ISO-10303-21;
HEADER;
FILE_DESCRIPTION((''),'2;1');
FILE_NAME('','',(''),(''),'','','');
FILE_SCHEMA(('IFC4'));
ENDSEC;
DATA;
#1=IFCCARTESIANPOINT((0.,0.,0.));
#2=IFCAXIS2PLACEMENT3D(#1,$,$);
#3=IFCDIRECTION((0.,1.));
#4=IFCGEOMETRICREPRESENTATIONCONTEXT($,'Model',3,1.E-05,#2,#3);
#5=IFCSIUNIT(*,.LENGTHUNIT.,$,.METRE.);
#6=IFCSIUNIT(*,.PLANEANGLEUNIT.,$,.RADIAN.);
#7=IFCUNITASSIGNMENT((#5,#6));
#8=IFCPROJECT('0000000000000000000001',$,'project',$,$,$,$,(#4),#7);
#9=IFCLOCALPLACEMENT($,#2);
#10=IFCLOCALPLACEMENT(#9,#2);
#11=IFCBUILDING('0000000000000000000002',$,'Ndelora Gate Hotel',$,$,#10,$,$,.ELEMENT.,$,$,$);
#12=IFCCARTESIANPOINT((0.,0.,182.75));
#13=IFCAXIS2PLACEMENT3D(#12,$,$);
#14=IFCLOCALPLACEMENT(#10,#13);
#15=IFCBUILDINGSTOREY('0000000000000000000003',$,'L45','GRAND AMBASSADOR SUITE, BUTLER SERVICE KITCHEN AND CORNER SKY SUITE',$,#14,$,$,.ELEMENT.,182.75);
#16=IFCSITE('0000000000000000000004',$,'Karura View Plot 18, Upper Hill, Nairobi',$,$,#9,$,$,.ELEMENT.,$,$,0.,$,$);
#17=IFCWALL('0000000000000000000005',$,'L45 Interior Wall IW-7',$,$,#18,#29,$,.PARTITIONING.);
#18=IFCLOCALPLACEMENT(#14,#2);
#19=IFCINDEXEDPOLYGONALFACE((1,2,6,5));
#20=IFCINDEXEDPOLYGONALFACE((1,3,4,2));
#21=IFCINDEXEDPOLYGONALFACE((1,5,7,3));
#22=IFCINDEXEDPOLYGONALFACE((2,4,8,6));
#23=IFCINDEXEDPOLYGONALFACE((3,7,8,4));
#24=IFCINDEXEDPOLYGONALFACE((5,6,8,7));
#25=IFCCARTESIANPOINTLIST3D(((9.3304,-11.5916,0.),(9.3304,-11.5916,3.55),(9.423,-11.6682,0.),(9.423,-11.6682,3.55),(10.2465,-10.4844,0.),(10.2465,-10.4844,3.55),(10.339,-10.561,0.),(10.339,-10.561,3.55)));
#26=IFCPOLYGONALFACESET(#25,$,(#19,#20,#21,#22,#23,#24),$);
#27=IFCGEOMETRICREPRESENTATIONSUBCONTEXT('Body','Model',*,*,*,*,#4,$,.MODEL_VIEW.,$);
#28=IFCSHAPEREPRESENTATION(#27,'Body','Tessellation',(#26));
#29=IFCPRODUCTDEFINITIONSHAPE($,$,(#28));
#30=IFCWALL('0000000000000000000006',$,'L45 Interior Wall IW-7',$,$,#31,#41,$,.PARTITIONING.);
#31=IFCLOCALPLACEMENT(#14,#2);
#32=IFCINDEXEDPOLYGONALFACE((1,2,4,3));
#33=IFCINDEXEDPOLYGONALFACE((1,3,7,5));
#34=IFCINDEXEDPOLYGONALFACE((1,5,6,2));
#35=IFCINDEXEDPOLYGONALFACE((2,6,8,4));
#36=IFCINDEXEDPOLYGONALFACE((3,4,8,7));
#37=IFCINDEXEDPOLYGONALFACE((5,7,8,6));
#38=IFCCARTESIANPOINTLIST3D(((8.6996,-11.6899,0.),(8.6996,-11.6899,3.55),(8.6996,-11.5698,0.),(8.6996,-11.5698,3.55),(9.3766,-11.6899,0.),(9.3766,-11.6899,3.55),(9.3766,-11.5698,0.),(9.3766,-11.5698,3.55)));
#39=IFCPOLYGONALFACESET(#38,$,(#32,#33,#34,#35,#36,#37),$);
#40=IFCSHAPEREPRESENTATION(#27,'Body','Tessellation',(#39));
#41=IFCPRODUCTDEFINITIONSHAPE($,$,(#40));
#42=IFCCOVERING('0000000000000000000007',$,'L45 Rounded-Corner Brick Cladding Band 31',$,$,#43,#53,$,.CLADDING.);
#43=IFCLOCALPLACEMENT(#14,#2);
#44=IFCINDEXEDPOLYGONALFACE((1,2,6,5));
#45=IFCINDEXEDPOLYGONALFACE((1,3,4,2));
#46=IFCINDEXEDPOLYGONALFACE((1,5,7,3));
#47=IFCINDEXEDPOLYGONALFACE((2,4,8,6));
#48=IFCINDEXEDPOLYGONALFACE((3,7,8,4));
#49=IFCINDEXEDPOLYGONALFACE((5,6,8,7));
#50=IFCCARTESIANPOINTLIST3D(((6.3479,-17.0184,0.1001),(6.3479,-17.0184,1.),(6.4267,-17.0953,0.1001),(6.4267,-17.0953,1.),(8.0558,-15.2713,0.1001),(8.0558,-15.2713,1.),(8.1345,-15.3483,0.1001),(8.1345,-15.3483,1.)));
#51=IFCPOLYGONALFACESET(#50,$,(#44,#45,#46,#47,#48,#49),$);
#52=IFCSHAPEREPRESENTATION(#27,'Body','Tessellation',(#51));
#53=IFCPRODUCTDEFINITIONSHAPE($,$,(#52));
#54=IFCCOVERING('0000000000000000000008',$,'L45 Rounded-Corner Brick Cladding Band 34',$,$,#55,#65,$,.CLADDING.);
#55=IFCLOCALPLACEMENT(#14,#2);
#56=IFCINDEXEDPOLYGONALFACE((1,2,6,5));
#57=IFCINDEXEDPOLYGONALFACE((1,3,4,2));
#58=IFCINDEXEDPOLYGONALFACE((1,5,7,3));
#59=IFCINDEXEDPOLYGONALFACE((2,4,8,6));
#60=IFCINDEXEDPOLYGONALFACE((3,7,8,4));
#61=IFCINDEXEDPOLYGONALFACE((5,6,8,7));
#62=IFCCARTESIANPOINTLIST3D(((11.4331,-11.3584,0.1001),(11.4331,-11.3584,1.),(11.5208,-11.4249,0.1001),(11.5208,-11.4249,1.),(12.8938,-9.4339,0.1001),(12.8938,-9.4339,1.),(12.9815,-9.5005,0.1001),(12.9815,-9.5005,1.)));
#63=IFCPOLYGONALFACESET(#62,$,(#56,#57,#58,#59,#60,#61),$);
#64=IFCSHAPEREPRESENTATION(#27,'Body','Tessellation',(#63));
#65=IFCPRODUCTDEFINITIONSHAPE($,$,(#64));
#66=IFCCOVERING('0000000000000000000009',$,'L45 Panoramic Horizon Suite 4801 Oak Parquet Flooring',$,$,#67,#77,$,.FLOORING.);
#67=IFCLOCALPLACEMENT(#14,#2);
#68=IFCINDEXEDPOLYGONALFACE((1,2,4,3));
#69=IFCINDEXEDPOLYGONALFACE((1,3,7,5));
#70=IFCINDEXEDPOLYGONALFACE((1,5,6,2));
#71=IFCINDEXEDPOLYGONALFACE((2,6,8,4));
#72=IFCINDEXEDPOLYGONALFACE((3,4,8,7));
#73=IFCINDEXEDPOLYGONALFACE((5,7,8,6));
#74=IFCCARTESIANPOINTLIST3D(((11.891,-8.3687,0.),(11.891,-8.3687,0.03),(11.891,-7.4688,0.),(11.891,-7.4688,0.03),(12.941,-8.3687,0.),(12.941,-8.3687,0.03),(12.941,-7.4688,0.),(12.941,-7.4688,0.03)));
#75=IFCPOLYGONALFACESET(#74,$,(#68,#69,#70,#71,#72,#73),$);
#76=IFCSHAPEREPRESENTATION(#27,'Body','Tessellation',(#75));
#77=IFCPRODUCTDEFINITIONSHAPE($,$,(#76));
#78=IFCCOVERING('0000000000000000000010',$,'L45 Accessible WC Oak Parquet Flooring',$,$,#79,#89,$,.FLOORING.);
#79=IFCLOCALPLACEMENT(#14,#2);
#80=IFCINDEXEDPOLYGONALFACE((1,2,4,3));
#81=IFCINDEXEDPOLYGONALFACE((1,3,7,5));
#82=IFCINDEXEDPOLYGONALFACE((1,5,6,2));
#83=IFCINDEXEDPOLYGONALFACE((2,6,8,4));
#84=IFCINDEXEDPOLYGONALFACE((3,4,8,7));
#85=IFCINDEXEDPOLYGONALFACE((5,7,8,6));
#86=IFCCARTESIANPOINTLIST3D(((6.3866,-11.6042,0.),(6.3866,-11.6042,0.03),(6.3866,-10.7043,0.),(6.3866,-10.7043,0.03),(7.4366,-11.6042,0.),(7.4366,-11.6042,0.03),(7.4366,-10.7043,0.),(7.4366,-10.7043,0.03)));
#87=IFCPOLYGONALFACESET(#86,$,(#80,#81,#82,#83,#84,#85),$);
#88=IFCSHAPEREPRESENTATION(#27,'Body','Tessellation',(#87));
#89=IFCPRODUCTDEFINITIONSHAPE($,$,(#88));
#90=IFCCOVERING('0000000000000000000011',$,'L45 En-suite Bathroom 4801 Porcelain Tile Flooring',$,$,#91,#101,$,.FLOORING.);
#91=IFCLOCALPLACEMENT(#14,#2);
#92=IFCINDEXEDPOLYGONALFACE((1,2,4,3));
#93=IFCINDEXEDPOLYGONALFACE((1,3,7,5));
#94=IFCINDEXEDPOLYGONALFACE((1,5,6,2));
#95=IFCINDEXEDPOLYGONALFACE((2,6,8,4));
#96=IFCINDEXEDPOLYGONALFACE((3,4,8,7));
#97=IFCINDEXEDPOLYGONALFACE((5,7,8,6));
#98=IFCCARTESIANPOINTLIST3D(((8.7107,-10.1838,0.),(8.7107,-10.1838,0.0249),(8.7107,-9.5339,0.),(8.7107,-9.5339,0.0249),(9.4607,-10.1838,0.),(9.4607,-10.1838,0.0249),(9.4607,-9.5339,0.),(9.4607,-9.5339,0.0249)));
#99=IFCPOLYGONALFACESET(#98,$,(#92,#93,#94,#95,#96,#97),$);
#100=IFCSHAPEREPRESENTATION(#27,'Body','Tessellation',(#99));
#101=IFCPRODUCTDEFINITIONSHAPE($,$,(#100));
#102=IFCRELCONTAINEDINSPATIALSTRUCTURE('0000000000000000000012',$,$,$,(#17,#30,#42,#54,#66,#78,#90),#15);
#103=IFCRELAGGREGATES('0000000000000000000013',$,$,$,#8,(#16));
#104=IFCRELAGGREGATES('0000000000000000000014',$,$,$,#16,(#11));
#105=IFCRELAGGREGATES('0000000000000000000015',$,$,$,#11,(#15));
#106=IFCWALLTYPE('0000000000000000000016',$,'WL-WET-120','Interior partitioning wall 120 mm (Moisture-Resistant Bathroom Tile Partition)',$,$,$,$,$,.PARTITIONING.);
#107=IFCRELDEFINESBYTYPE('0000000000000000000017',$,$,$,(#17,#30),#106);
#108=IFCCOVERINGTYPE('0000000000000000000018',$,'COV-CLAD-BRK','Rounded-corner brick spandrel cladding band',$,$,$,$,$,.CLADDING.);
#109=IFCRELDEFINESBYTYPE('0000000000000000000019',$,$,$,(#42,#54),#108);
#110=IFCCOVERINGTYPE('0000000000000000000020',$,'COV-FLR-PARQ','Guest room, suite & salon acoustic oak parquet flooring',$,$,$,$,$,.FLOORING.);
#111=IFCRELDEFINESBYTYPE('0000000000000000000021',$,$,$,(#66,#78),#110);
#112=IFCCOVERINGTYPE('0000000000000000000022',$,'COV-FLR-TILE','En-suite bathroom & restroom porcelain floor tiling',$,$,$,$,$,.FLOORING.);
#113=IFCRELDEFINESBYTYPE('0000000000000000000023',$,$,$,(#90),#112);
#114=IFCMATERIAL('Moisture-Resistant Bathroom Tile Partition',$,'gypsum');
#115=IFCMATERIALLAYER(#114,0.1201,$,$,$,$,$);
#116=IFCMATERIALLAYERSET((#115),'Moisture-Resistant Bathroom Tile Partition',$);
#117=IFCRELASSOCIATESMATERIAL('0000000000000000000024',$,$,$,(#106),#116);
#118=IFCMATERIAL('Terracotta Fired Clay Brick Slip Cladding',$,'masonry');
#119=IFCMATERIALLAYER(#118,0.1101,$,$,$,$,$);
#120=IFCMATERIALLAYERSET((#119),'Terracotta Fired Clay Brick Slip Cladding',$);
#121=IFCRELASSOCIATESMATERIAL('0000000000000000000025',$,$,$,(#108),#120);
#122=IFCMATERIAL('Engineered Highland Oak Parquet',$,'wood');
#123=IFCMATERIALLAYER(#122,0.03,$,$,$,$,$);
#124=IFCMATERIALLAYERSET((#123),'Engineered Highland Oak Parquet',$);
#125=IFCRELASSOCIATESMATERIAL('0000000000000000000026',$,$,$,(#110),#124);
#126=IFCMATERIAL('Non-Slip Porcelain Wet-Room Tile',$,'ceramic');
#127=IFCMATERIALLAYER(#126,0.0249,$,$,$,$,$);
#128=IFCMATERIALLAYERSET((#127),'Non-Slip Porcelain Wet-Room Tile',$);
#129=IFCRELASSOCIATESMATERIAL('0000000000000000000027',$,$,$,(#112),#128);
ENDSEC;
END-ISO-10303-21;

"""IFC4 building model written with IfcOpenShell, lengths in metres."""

from ifc_helpers import new_model, si_unit, direction, frame, frame_2d, origin, origin_2d, place, context, subcontext, project, spatial, rectangle, extrude, material, layer, layer_set, type_object, element, save


model = new_model("IFC4")

# Units and contexts
model_context = context("Model", 3, precision=1e-05, world=origin(), true_north=direction((0.0, 1.0)))
body_context = subcontext(model_context, "Body", "Model", "MODEL_VIEW")
ifc_project = project(units=[si_unit("LENGTHUNIT", "METRE"), si_unit("PLANEANGLEUNIT", "RADIAN")], contexts=[model_context])

# Site, building, storey
site_placement = place(None, origin())
site = spatial("IfcSite", under=ifc_project, at=site_placement, Name="Karura View Plot 18, Upper Hill, Nairobi", CompositionType="ELEMENT", RefElevation=0.0)
building_placement = place(site_placement, origin())
building = spatial("IfcBuilding", under=site, at=building_placement, Name="Ndelora Gate Hotel", CompositionType="ELEMENT")
storey_placement = place(building_placement, frame((0.0, 0.0, 182.75)))
storey = spatial("IfcBuildingStorey", under=building, at=storey_placement, Name="L45", Description="GRAND AMBASSADOR SUITE, BUTLER SERVICE KITCHEN AND CORNER SKY SUITE", CompositionType="ELEMENT", Elevation=182.75)

# Shared definitions
ifc_material_1 = material(Name="Moisture-Resistant Bathroom Tile Partition", Category="gypsum")
ifc_layer_1 = layer(ifc_material_1, 0.1201)
ifc_layer_set_1 = layer_set([ifc_layer_1], Name="Moisture-Resistant Bathroom Tile Partition")
wall_type_1 = type_object("IfcWallType", Name="WL-WET-120", Description="Interior partitioning wall 120 mm (Moisture-Resistant Bathroom Tile Partition)", PredefinedType="PARTITIONING", material=ifc_layer_set_1)

# Walls
wall_1_placement = place(storey_placement, frame((9.3767, -11.6299, 0.0), z_axis=(0.0, 0.0, 1.0), x_axis=(0.637456, 0.770486, 0.0)))
element("IfcWall", 1, at=wall_1_placement, inside=storey, type_object=wall_type_1, Name="L45 Interior Wall IW-7", PredefinedType="PARTITIONING", context=body_context, shape_type="SweptSolid", body=[
    extrude(rectangle(XDim=1.437, YDim=0.1201, at=frame_2d((0.7185, 0.0))), origin(), (0.0, 0.0, 1.0), 3.55),
])
wall_2_placement = place(storey_placement, frame((8.6997, -11.6299, 0.0), z_axis=(0.0, 0.0, 1.0), x_axis=(1.0, 0.0, 0.0)))
element("IfcWall", 2, at=wall_2_placement, inside=storey, type_object=wall_type_1, Name="L45 Interior Wall IW-7", PredefinedType="PARTITIONING", context=body_context, shape_type="SweptSolid", body=[
    extrude(rectangle(XDim=0.677, YDim=0.1201, at=frame_2d((0.3384, 0.0))), origin(), (0.0, 0.0, 1.0), 3.55),
])

# Coverings
ifc_material_2 = material(Name="Terracotta Fired Clay Brick Slip Cladding", Category="masonry")
ifc_layer_2 = layer(ifc_material_2, 0.1101)
ifc_layer_set_2 = layer_set([ifc_layer_2], Name="Terracotta Fired Clay Brick Slip Cladding")
covering_type_1 = type_object("IfcCoveringType", Name="COV-CLAD-BRK", Description="Rounded-corner brick spandrel cladding band", PredefinedType="CLADDING", material=ifc_layer_set_2)
covering_1_placement = place(storey_placement, frame((7.2412, -16.1833, 0.1001), z_axis=(0.0, 0.0, 1.0), x_axis=(0.69904, 0.715083, 0.0)))
element("IfcCovering", 3, at=covering_1_placement, inside=storey, type_object=covering_type_1, Name="L45 Rounded-Corner Brick Cladding Band 31", PredefinedType="CLADDING", context=body_context, shape_type="SweptSolid", body=[
    extrude(rectangle(XDim=2.4431, YDim=0.1101, at=origin_2d()), origin(), (0.0, 0.0, 1.0), 0.8999),
])
covering_2_placement = place(storey_placement, frame((12.2073, -10.4294, 0.1001), z_axis=(0.0, 0.0, 1.0), x_axis=(0.604599, 0.79653, 0.0)))
element("IfcCovering", 4, at=covering_2_placement, inside=storey, type_object=covering_type_1, Name="L45 Rounded-Corner Brick Cladding Band 34", PredefinedType="CLADDING", context=body_context, shape_type="SweptSolid", body=[
    extrude(rectangle(XDim=2.416, YDim=0.1101, at=origin_2d()), origin(), (0.0, 0.0, 1.0), 0.8999),
])
ifc_material_3 = material(Name="Engineered Highland Oak Parquet", Category="wood")
ifc_layer_3 = layer(ifc_material_3, 0.03)
ifc_layer_set_3 = layer_set([ifc_layer_3], Name="Engineered Highland Oak Parquet")
covering_type_2 = type_object("IfcCoveringType", Name="COV-FLR-PARQ", Description="Guest room, suite & salon acoustic oak parquet flooring", PredefinedType="FLOORING", material=ifc_layer_set_3)
for number, where, z_axis, x_axis, name in (
    (5, (12.416, -7.9187, 0.0), (0.0, 0.0, 1.0), (1.0, 0.0, 0.0), "L45 Panoramic Horizon Suite 4801 Oak Parquet Flooring"),
    (6, (6.9116, -11.1543, 0.0), (0.0, 0.0, 1.0), (1.0, 0.0, 0.0), "L45 Accessible WC Oak Parquet Flooring"),
):
    element("IfcCovering", number, at=place(storey_placement, frame(where, z_axis=z_axis, x_axis=x_axis)), inside=storey, type_object=covering_type_2, Name=name, PredefinedType="FLOORING", context=body_context, shape_type="SweptSolid", body=[
        extrude(rectangle(XDim=1.05, YDim=0.8999, at=origin_2d()), origin(), (0.0, 0.0, 1.0), 0.03),
    ])
ifc_material_4 = material(Name="Non-Slip Porcelain Wet-Room Tile", Category="ceramic")
ifc_layer_4 = layer(ifc_material_4, 0.0249)
ifc_layer_set_4 = layer_set([ifc_layer_4], Name="Non-Slip Porcelain Wet-Room Tile")
covering_type_3 = type_object("IfcCoveringType", Name="COV-FLR-TILE", Description="En-suite bathroom & restroom porcelain floor tiling", PredefinedType="FLOORING", material=ifc_layer_set_4)
covering_3_placement = place(storey_placement, frame((9.0857, -9.8589, 0.0), z_axis=(0.0, 0.0, 1.0), x_axis=(1.0, 0.0, 0.0)))
element("IfcCovering", 7, at=covering_3_placement, inside=storey, type_object=covering_type_3, Name="L45 En-suite Bathroom 4801 Porcelain Tile Flooring", PredefinedType="FLOORING", context=body_context, shape_type="SweptSolid", body=[
    extrude(rectangle(XDim=0.75, YDim=0.6499, at=origin_2d()), origin(), (0.0, 0.0, 1.0), 0.0249),
])

save(model, "model.ifc")
